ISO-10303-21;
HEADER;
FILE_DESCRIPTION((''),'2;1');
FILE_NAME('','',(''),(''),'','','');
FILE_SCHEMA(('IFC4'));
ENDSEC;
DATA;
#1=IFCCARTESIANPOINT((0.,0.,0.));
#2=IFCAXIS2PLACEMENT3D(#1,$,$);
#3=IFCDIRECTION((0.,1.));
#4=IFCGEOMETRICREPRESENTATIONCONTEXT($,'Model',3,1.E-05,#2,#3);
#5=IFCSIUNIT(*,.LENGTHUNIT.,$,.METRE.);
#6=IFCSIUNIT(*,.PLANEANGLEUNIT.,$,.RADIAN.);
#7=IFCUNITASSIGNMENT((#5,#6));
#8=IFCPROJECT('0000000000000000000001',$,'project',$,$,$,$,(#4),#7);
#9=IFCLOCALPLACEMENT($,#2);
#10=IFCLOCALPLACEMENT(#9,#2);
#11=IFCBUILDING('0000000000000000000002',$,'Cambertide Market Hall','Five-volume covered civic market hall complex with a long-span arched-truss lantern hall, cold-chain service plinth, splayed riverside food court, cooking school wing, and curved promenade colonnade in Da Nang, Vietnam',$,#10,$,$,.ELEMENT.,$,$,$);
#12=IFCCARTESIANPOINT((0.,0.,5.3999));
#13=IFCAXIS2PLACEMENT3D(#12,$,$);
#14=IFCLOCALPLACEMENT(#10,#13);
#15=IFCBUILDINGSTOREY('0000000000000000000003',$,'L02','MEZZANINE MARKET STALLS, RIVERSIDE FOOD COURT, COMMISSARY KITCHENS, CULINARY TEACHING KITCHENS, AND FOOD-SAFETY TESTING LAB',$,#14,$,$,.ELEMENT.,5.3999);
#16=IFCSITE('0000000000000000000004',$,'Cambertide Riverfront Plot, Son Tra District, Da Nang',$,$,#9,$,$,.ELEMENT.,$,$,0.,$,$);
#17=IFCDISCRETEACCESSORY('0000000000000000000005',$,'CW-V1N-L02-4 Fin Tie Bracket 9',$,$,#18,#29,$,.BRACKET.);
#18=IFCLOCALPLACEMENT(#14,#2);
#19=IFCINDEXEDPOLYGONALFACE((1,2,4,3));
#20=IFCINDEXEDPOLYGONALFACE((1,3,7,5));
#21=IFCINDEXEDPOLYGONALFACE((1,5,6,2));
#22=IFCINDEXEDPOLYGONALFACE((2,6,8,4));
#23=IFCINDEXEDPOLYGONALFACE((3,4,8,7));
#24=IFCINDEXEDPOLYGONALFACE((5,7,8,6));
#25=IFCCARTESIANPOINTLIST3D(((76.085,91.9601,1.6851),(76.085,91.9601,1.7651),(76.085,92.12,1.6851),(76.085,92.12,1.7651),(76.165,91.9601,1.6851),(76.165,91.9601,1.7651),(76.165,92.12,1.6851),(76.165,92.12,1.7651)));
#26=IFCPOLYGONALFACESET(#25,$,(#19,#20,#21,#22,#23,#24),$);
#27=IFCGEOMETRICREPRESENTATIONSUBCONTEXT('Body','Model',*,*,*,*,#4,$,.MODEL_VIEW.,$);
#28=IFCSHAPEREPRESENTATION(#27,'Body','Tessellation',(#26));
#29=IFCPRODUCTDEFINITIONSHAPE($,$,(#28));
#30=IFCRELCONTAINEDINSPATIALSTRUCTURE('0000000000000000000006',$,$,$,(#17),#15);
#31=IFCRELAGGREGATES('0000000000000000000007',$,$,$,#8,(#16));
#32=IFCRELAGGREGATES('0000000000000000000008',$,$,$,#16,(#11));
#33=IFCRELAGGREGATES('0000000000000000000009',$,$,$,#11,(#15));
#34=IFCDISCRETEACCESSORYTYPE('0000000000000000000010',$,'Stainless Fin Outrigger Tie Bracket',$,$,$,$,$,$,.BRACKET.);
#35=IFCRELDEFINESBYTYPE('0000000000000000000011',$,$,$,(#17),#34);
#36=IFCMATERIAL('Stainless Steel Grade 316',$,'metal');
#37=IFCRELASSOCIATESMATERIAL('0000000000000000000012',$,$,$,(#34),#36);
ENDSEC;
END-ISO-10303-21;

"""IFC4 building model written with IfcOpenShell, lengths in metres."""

from ifc_helpers import new_model, si_unit, direction, frame, origin, origin_2d, place, context, subcontext, project, spatial, rectangle, extrude, material, type_object, element, save


model = new_model("IFC4")

# Units and contexts
model_context = context("Model", 3, precision=1e-05, world=origin(), true_north=direction((0.0, 1.0)))
body_context = subcontext(model_context, "Body", "Model", "MODEL_VIEW")
ifc_project = project(units=[si_unit("LENGTHUNIT", "METRE"), si_unit("PLANEANGLEUNIT", "RADIAN")], contexts=[model_context])

# Site, building, storey
site_placement = place(None, origin())
site = spatial("IfcSite", under=ifc_project, at=site_placement, Name="Cambertide Riverfront Plot, Son Tra District, Da Nang", CompositionType="ELEMENT", RefElevation=0.0)
building_placement = place(site_placement, origin())
building = spatial("IfcBuilding", under=site, at=building_placement, Name="Cambertide Market Hall", Description="Five-volume covered civic market hall complex with a long-span arched-truss lantern hall, cold-chain service plinth, splayed riverside food court, cooking school wing, and curved promenade colonnade in Da Nang, Vietnam", CompositionType="ELEMENT")
storey_placement = place(building_placement, frame((0.0, 0.0, 5.3999)))
storey = spatial("IfcBuildingStorey", under=building, at=storey_placement, Name="L02", Description="MEZZANINE MARKET STALLS, RIVERSIDE FOOD COURT, COMMISSARY KITCHENS, CULINARY TEACHING KITCHENS, AND FOOD-SAFETY TESTING LAB", CompositionType="ELEMENT", Elevation=5.3999)

# Discrete accessory
ifc_material_1 = material(Name="Stainless Steel Grade 316", Category="metal")
discrete_accessory_type = type_object("IfcDiscreteAccessoryType", Name="Stainless Fin Outrigger Tie Bracket", PredefinedType="BRACKET", material=ifc_material_1)
for number, where, z_axis, x_axis, name in (
    (1, (76.125, 92.04, 1.6851), (0.0, 0.0, 1.0), (1.0, 0.0, 0.0), "CW-V1N-L02-4 Fin Tie Bracket 9"),
):
    element("IfcDiscreteAccessory", number, at=place(storey_placement, frame(where, z_axis=z_axis, x_axis=x_axis)), inside=storey, type_object=discrete_accessory_type, Name=name, PredefinedType="BRACKET", context=body_context, shape_type="SweptSolid", body=[
        extrude(rectangle(XDim=0.0801, YDim=0.1599, at=origin_2d()), origin(), (0.0, 0.0, 1.0), 0.0801),
    ])

save(model, "model.ifc")
